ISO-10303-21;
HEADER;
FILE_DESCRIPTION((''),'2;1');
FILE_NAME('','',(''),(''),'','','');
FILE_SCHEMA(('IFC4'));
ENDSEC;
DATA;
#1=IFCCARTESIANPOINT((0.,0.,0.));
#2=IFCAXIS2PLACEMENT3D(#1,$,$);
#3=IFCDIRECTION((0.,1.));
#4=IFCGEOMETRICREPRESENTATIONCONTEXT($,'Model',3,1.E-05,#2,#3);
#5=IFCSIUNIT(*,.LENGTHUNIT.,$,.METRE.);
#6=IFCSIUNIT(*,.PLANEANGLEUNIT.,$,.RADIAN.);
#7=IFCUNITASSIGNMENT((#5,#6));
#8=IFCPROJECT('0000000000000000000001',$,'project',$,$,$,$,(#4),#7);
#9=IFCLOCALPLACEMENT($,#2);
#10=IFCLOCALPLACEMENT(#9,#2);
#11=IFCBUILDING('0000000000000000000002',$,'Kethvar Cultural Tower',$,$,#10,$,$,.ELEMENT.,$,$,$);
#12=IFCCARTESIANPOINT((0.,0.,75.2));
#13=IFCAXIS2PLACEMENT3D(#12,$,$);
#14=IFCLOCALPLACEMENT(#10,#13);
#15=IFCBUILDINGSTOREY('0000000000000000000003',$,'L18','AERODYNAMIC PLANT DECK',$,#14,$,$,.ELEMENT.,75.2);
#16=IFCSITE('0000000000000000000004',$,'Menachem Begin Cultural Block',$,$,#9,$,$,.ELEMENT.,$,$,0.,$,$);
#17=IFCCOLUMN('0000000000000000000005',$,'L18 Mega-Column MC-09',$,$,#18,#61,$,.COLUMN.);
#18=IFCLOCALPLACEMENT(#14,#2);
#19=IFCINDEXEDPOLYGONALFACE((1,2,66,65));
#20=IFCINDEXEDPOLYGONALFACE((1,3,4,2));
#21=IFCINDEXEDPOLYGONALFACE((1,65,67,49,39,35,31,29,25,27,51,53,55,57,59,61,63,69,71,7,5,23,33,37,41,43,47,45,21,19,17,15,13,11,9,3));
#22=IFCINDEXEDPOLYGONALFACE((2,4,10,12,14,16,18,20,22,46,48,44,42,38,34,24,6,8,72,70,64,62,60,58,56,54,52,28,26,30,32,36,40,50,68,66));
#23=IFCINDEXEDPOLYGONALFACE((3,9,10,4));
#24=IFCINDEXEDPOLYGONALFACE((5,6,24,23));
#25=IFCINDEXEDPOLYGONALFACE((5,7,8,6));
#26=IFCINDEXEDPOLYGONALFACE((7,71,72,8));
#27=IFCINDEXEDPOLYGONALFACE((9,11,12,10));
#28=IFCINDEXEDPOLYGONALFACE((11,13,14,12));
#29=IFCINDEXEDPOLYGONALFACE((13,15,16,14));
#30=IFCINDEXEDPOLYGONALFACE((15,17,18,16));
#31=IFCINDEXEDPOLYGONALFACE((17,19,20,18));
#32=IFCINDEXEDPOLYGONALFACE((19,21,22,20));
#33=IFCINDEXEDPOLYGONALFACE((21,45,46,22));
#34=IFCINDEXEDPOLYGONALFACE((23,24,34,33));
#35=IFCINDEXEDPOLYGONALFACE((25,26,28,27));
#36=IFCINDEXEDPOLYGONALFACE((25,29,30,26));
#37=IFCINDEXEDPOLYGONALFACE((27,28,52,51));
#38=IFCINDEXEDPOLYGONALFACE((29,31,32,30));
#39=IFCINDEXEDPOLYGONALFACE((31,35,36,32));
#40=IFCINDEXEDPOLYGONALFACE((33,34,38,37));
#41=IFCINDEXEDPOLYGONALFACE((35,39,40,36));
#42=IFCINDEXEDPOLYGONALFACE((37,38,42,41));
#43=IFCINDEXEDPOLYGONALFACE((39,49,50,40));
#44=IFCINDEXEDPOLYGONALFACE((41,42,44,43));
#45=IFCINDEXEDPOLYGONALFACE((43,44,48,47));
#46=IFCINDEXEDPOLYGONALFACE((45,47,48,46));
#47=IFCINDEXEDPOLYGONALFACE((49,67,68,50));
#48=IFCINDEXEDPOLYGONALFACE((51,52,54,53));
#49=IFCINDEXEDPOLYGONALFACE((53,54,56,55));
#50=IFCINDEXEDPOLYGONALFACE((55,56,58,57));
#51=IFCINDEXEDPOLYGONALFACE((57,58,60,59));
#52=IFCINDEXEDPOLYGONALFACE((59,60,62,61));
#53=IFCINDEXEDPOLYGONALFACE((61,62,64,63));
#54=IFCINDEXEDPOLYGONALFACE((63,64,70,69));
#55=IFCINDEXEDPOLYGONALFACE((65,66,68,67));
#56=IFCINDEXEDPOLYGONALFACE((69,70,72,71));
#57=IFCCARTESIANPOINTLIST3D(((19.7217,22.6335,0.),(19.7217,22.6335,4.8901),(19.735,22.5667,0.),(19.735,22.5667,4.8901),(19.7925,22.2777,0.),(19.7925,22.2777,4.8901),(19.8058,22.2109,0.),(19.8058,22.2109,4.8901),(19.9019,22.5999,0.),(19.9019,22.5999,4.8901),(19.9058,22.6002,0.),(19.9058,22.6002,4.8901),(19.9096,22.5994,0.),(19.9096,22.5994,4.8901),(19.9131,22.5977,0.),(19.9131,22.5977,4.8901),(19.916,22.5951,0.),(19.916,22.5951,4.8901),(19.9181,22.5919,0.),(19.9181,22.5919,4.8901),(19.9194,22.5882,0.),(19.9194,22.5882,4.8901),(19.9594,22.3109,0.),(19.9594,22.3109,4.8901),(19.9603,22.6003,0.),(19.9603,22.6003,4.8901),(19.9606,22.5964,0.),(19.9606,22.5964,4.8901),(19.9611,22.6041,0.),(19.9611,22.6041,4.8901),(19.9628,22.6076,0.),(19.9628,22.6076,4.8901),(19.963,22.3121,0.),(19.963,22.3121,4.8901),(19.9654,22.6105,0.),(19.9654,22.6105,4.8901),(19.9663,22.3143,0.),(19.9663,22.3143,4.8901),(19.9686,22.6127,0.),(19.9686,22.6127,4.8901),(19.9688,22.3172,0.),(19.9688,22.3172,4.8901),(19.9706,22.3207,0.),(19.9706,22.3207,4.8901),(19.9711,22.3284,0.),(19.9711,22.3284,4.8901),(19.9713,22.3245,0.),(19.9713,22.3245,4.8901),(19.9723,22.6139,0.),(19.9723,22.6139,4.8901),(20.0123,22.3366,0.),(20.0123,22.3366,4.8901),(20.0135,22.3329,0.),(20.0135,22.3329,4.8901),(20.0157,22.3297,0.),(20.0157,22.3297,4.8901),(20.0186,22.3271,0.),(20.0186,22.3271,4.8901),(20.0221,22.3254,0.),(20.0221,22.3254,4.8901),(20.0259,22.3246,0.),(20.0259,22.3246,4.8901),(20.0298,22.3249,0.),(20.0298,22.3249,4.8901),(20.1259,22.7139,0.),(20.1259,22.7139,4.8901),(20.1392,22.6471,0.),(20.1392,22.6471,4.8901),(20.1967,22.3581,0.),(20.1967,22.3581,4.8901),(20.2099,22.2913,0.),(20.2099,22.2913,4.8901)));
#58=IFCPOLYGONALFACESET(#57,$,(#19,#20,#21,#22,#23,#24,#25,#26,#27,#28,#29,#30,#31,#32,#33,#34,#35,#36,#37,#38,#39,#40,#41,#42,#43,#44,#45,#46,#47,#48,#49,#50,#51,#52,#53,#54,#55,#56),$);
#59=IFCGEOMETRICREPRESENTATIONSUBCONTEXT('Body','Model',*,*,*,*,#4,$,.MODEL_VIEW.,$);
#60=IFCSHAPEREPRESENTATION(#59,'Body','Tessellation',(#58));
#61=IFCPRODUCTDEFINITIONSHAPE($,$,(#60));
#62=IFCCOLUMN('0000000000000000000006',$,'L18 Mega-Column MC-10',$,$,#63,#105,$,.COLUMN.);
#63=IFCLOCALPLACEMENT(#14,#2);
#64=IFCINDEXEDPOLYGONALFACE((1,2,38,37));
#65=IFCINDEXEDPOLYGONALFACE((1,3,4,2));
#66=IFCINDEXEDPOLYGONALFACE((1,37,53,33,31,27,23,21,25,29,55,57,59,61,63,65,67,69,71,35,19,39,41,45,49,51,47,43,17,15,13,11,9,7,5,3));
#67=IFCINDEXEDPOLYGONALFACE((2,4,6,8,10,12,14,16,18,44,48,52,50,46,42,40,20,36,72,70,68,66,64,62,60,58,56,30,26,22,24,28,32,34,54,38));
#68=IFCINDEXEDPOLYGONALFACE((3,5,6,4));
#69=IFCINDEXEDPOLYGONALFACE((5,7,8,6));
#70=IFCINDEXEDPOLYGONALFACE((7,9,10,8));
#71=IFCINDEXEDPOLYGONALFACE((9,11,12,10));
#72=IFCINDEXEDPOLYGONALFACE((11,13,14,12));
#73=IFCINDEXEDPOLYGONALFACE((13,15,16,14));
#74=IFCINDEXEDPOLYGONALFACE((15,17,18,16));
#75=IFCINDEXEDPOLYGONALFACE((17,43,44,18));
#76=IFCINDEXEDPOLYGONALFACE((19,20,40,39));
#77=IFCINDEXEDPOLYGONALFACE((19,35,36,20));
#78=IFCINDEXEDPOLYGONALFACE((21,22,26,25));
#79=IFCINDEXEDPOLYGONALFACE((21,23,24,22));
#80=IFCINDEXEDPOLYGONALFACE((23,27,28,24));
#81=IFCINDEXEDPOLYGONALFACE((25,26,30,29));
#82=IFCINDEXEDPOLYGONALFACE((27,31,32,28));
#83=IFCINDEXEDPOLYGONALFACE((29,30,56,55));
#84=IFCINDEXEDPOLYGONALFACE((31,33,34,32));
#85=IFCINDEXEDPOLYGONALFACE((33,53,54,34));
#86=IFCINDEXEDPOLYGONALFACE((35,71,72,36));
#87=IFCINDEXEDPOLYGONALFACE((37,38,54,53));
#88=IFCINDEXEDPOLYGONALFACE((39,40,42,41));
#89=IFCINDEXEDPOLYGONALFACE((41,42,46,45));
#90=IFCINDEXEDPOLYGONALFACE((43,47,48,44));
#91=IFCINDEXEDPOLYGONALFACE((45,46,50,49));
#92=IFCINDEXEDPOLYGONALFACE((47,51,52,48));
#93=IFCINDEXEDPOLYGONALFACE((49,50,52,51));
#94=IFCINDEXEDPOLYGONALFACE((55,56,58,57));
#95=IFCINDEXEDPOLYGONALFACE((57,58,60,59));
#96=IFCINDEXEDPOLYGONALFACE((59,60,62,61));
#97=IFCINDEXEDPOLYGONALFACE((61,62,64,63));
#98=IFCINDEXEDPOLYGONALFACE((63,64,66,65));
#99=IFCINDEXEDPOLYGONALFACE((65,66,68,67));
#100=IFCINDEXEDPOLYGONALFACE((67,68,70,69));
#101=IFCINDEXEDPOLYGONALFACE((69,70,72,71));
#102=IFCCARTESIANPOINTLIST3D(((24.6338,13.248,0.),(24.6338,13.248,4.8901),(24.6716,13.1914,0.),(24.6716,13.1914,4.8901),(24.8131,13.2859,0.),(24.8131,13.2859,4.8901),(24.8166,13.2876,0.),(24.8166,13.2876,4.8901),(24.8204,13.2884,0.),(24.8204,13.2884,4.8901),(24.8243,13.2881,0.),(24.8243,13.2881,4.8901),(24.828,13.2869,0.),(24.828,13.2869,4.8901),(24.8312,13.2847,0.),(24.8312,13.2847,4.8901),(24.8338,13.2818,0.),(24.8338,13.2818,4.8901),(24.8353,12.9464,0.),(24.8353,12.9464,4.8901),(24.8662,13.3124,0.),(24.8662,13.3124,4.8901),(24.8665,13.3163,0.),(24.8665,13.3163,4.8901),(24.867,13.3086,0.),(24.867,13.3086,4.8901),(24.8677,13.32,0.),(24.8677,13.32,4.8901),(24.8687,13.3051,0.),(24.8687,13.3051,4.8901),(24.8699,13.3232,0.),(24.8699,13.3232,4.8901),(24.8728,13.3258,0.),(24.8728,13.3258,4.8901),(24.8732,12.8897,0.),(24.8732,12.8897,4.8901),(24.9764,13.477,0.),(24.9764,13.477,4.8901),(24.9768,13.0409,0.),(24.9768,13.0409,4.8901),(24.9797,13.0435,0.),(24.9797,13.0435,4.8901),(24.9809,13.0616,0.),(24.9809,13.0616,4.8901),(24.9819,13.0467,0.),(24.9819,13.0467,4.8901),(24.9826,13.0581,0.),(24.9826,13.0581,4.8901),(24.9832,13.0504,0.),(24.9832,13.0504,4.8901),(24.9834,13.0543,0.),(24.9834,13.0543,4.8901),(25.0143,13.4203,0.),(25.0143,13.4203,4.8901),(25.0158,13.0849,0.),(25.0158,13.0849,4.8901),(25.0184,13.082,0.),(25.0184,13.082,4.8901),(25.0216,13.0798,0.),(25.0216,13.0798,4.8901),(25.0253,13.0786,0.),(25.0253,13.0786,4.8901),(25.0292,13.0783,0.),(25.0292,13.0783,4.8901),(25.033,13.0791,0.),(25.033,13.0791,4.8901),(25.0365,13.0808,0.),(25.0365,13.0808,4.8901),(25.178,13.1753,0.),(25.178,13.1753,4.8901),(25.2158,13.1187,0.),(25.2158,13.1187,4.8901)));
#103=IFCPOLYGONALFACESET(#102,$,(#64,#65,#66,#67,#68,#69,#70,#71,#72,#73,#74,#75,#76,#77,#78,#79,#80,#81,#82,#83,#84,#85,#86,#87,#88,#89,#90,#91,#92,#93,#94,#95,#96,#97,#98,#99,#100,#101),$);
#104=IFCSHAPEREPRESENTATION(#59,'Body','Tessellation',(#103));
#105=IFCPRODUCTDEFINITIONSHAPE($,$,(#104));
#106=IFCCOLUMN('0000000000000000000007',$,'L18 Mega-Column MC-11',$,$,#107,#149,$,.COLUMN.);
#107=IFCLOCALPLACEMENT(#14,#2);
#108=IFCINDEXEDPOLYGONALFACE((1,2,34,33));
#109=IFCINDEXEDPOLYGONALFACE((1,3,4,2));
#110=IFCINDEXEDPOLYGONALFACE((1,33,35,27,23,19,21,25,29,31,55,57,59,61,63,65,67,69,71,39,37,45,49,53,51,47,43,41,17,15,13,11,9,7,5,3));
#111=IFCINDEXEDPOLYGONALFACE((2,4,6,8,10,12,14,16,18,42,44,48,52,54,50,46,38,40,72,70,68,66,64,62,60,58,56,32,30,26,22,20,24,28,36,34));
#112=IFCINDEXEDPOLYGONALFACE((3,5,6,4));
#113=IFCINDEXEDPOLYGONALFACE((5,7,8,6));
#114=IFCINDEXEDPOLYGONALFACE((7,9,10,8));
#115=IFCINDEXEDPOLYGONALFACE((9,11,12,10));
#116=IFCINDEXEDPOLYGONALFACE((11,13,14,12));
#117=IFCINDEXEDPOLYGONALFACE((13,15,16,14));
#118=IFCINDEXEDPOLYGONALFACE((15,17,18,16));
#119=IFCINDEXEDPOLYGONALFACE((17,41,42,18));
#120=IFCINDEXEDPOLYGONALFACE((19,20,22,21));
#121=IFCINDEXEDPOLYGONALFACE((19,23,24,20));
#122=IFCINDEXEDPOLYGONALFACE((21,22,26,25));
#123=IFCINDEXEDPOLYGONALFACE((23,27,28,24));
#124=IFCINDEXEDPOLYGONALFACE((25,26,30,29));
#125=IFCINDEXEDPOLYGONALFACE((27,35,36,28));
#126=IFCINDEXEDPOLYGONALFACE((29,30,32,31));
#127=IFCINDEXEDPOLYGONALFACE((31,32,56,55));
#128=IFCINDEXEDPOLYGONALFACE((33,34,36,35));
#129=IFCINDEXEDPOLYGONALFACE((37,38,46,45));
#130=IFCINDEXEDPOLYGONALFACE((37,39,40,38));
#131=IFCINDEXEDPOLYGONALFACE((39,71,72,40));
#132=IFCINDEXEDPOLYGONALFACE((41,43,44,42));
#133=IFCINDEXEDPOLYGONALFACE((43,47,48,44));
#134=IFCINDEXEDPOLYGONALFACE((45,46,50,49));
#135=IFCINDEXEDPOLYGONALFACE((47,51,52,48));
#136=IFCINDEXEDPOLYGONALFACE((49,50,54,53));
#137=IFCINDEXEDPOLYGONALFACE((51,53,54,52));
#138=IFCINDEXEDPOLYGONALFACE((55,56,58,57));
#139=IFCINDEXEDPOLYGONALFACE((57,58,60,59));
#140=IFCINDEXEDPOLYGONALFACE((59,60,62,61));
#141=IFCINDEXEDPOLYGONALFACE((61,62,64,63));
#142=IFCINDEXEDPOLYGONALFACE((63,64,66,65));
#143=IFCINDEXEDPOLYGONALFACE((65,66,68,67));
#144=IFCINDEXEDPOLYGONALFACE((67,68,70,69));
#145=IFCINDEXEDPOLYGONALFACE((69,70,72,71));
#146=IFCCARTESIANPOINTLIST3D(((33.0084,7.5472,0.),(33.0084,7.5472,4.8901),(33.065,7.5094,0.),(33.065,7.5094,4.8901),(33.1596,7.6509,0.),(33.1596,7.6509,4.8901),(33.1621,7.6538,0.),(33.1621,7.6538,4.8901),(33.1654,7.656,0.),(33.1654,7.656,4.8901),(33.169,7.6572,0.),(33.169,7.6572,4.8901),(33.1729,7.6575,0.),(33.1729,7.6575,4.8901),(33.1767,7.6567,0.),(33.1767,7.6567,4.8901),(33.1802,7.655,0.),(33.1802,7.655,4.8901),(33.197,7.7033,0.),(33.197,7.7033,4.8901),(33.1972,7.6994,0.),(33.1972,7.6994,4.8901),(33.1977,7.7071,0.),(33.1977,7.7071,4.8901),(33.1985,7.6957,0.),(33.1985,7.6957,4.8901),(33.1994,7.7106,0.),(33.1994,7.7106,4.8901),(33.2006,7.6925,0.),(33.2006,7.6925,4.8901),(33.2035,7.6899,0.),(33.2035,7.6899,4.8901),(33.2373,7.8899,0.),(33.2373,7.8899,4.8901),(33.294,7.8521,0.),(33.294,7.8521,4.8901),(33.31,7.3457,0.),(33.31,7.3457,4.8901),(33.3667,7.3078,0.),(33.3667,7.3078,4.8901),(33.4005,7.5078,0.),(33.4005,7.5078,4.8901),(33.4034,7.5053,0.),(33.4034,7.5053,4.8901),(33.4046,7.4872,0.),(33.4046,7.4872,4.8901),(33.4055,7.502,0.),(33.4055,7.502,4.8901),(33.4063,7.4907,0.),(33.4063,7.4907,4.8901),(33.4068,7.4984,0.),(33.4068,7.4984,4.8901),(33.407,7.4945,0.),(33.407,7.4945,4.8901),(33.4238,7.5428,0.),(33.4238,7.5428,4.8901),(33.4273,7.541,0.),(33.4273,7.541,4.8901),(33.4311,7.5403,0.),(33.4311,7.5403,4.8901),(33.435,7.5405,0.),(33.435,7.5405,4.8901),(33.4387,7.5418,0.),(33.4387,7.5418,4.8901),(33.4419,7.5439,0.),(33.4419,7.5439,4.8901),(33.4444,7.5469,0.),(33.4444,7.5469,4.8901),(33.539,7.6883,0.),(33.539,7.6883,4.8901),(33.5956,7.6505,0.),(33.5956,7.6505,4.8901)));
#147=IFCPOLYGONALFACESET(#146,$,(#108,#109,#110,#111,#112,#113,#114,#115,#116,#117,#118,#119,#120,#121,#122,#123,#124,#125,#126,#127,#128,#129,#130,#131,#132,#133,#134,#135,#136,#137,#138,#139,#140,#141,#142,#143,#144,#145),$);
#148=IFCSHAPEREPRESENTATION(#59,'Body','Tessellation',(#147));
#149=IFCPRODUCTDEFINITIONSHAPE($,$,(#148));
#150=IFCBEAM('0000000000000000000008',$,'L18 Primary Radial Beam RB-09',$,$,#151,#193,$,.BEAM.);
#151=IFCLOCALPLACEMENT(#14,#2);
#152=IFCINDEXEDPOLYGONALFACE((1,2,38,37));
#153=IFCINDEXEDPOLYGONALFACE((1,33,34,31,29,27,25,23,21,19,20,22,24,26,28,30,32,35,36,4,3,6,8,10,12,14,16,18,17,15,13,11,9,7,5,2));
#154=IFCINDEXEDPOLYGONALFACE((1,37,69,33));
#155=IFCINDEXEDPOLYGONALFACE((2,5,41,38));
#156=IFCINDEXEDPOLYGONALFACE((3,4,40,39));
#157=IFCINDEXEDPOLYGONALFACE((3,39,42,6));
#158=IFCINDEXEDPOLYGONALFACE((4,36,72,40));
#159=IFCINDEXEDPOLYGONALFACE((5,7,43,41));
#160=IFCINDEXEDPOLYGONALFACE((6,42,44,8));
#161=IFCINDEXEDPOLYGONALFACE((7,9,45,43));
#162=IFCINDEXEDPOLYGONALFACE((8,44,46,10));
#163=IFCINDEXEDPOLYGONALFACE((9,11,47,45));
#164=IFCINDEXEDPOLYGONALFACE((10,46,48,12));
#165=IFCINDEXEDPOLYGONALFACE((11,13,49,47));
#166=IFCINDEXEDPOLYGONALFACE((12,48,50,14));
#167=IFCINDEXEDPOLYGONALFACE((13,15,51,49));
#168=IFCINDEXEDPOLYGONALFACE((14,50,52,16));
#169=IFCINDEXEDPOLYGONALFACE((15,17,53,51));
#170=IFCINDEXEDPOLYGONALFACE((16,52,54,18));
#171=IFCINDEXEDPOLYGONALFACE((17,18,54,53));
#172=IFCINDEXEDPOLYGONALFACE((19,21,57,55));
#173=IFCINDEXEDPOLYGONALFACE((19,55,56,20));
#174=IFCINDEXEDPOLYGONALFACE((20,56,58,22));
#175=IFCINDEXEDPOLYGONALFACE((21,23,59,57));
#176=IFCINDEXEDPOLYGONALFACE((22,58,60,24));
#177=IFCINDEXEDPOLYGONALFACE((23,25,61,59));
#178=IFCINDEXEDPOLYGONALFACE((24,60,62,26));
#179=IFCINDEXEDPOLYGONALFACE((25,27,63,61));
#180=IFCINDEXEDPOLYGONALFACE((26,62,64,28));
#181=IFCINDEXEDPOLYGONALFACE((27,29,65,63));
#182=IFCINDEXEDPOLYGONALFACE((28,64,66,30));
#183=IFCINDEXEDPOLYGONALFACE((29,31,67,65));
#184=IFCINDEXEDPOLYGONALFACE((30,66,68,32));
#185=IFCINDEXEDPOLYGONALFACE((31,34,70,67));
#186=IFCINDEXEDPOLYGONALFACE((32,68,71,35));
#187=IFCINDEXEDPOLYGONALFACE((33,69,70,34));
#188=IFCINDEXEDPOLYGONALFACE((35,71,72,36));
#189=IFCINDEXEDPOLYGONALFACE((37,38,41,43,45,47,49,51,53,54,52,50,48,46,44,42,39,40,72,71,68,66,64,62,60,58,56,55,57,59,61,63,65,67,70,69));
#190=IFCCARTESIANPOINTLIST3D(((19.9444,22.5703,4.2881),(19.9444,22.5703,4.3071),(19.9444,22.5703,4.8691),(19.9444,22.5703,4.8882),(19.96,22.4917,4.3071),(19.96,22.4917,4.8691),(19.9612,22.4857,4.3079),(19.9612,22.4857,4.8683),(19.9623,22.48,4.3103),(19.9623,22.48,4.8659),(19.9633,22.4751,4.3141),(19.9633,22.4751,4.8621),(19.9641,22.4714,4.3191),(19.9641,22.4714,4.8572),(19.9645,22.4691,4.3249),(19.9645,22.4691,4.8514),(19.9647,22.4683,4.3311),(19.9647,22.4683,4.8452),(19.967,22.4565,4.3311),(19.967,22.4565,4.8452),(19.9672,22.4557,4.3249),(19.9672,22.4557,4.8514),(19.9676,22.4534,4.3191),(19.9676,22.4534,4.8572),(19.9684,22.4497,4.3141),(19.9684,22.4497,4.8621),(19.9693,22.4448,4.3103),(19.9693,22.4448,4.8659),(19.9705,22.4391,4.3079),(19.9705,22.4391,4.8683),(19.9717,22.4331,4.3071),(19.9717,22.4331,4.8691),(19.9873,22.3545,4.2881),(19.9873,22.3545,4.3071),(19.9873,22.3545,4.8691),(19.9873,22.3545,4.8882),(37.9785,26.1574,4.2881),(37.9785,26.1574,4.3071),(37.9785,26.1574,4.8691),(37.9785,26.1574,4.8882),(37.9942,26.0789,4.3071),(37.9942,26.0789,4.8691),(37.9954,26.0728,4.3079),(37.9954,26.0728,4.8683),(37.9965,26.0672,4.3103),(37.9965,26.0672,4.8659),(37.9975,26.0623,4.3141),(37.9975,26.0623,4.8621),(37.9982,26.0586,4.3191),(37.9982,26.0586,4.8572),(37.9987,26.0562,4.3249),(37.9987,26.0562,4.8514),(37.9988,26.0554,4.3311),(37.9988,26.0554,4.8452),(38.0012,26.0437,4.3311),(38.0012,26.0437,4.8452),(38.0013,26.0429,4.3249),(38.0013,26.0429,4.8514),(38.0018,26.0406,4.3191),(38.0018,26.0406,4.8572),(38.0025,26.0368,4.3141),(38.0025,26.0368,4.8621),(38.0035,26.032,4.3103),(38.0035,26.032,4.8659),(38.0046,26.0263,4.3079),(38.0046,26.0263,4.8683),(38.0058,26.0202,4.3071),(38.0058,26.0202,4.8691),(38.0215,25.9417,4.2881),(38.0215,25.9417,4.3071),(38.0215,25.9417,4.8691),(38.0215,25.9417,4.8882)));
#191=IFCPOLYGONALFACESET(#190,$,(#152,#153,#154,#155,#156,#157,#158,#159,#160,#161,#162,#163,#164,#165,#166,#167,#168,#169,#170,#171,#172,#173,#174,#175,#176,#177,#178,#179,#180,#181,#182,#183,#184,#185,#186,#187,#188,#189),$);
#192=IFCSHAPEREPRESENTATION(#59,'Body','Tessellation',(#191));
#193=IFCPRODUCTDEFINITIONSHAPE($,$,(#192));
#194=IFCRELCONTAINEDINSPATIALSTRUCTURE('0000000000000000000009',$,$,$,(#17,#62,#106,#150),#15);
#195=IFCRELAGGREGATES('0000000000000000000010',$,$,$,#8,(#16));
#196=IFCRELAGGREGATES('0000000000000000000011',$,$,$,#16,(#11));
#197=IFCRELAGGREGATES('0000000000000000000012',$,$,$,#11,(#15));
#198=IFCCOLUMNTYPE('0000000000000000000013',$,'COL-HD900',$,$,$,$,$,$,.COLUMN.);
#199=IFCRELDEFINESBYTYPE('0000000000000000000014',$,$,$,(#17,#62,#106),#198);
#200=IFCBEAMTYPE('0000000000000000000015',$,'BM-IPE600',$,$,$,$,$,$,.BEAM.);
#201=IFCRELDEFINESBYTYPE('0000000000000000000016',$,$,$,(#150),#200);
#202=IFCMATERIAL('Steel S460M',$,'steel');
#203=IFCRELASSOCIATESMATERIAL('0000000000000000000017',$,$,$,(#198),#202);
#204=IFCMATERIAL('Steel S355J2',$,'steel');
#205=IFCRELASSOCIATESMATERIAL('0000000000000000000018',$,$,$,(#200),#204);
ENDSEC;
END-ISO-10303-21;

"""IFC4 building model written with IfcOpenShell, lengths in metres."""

from ifc_helpers import new_model, si_unit, direction, frame, origin, origin_2d, place, context, subcontext, project, spatial, i_section, extrude, source, transform, mapped, material, material_profile, profile_set, type_object, element, save


model = new_model("IFC4")

# Units and contexts
model_context = context("Model", 3, precision=1e-05, world=origin(), true_north=direction((0.0, 1.0)))
body_context = subcontext(model_context, "Body", "Model", "MODEL_VIEW")
ifc_project = project(units=[si_unit("LENGTHUNIT", "METRE"), si_unit("PLANEANGLEUNIT", "RADIAN")], contexts=[model_context])

# Site, building, storey
site_placement = place(None, origin())
site = spatial("IfcSite", under=ifc_project, at=site_placement, Name="Menachem Begin Cultural Block", CompositionType="ELEMENT", RefElevation=0.0)
building_placement = place(site_placement, origin())
building = spatial("IfcBuilding", under=site, at=building_placement, Name="Kethvar Cultural Tower", CompositionType="ELEMENT")
storey_placement = place(building_placement, frame((0.0, 0.0, 75.2)))
storey = spatial("IfcBuildingStorey", under=building, at=storey_placement, Name="L18", Description="AERODYNAMIC PLANT DECK", CompositionType="ELEMENT", Elevation=75.2)

# Columns
ifc_material_1 = material(Name="Steel S460M", Category="steel")
ifc_material_profile_1 = material_profile(ifc_material_1, i_section(OverallWidth=0.4121, OverallDepth=0.4309, WebThickness=0.042, FlangeThickness=0.0681, FilletRadius=0.0149, at=origin_2d()), Name="Steel S460M — HD400x900")
ifc_profile_set_1 = profile_set([ifc_material_profile_1], Name="Steel S460M — HD400x900")
column_type = type_object("IfcColumnType", Name="COL-HD900", PredefinedType="COLUMN", material=ifc_profile_set_1)
shared_shape_1 = source(origin(), body_context, "Body", "SweptSolid", [
    extrude(i_section(OverallWidth=0.4121, OverallDepth=0.4309, WebThickness=0.042, FlangeThickness=0.0681, FilletRadius=0.0149, at=origin_2d()), origin(), (0.0, 0.0, 1.0), 4.8901),
])
for number, where, z_axis, x_axis, name in (
    (1, (19.9658, 22.4624, 0.0), (0.0, 0.0, 1.0), (-0.980785, -0.19509, 0.0), "L18 Mega-Column MC-09"),
    (2, (24.9248, 13.1833, 0.0), (0.0, 0.0, 1.0), (-0.83147, -0.55557, 0.0), "L18 Mega-Column MC-10"),
    (3, (33.302, 7.5989, 0.0), (0.0, 0.0, 1.0), (-0.55557, -0.83147, 0.0), "L18 Mega-Column MC-11"),
):
    element("IfcColumn", number, at=place(storey_placement, frame(where, z_axis=z_axis, x_axis=x_axis)), inside=storey, type_object=column_type, Name=name, PredefinedType="COLUMN", context=body_context, shape_type="MappedRepresentation", body=[
        mapped(shared_shape_1, transform((0.0, 0.0, 0.0), scale=1.0)),
    ])

# Beam
ifc_material_2 = material(Name="Steel S355J2", Category="steel")
ifc_material_profile_2 = material_profile(ifc_material_2, i_section(OverallWidth=0.22, OverallDepth=0.6001, WebThickness=0.012, FlangeThickness=0.019, FilletRadius=0.0239, at=origin_2d()), Name="Steel S355J2 — IPE600")
ifc_profile_set_2 = profile_set([ifc_material_profile_2], Name="Steel S355J2 — IPE600")
beam_type_1 = type_object("IfcBeamType", Name="BM-IPE600", PredefinedType="BEAM", material=ifc_profile_set_2)
shared_shape_2 = source(origin(), body_context, "Body", "SweptSolid", [
    extrude(i_section(OverallWidth=0.22, OverallDepth=0.6001, WebThickness=0.012, FlangeThickness=0.019, FilletRadius=0.0239, at=origin_2d()), origin(), (0.0, 0.0, 1.0), 18.3875),
])
beam_1_placement = place(storey_placement, frame((38.0, 26.0496, 4.5881), z_axis=(-0.980786, -0.195087, 0.0), x_axis=(0.195087, -0.980786, 0.0)))
element("IfcBeam", 4, at=beam_1_placement, inside=storey, type_object=beam_type_1, Name="L18 Primary Radial Beam RB-09", PredefinedType="BEAM", context=body_context, shape_type="MappedRepresentation", body=[
    mapped(shared_shape_2, transform((0.0, 0.0, 0.0), scale=1.0)),
])

save(model, "model.ifc")
